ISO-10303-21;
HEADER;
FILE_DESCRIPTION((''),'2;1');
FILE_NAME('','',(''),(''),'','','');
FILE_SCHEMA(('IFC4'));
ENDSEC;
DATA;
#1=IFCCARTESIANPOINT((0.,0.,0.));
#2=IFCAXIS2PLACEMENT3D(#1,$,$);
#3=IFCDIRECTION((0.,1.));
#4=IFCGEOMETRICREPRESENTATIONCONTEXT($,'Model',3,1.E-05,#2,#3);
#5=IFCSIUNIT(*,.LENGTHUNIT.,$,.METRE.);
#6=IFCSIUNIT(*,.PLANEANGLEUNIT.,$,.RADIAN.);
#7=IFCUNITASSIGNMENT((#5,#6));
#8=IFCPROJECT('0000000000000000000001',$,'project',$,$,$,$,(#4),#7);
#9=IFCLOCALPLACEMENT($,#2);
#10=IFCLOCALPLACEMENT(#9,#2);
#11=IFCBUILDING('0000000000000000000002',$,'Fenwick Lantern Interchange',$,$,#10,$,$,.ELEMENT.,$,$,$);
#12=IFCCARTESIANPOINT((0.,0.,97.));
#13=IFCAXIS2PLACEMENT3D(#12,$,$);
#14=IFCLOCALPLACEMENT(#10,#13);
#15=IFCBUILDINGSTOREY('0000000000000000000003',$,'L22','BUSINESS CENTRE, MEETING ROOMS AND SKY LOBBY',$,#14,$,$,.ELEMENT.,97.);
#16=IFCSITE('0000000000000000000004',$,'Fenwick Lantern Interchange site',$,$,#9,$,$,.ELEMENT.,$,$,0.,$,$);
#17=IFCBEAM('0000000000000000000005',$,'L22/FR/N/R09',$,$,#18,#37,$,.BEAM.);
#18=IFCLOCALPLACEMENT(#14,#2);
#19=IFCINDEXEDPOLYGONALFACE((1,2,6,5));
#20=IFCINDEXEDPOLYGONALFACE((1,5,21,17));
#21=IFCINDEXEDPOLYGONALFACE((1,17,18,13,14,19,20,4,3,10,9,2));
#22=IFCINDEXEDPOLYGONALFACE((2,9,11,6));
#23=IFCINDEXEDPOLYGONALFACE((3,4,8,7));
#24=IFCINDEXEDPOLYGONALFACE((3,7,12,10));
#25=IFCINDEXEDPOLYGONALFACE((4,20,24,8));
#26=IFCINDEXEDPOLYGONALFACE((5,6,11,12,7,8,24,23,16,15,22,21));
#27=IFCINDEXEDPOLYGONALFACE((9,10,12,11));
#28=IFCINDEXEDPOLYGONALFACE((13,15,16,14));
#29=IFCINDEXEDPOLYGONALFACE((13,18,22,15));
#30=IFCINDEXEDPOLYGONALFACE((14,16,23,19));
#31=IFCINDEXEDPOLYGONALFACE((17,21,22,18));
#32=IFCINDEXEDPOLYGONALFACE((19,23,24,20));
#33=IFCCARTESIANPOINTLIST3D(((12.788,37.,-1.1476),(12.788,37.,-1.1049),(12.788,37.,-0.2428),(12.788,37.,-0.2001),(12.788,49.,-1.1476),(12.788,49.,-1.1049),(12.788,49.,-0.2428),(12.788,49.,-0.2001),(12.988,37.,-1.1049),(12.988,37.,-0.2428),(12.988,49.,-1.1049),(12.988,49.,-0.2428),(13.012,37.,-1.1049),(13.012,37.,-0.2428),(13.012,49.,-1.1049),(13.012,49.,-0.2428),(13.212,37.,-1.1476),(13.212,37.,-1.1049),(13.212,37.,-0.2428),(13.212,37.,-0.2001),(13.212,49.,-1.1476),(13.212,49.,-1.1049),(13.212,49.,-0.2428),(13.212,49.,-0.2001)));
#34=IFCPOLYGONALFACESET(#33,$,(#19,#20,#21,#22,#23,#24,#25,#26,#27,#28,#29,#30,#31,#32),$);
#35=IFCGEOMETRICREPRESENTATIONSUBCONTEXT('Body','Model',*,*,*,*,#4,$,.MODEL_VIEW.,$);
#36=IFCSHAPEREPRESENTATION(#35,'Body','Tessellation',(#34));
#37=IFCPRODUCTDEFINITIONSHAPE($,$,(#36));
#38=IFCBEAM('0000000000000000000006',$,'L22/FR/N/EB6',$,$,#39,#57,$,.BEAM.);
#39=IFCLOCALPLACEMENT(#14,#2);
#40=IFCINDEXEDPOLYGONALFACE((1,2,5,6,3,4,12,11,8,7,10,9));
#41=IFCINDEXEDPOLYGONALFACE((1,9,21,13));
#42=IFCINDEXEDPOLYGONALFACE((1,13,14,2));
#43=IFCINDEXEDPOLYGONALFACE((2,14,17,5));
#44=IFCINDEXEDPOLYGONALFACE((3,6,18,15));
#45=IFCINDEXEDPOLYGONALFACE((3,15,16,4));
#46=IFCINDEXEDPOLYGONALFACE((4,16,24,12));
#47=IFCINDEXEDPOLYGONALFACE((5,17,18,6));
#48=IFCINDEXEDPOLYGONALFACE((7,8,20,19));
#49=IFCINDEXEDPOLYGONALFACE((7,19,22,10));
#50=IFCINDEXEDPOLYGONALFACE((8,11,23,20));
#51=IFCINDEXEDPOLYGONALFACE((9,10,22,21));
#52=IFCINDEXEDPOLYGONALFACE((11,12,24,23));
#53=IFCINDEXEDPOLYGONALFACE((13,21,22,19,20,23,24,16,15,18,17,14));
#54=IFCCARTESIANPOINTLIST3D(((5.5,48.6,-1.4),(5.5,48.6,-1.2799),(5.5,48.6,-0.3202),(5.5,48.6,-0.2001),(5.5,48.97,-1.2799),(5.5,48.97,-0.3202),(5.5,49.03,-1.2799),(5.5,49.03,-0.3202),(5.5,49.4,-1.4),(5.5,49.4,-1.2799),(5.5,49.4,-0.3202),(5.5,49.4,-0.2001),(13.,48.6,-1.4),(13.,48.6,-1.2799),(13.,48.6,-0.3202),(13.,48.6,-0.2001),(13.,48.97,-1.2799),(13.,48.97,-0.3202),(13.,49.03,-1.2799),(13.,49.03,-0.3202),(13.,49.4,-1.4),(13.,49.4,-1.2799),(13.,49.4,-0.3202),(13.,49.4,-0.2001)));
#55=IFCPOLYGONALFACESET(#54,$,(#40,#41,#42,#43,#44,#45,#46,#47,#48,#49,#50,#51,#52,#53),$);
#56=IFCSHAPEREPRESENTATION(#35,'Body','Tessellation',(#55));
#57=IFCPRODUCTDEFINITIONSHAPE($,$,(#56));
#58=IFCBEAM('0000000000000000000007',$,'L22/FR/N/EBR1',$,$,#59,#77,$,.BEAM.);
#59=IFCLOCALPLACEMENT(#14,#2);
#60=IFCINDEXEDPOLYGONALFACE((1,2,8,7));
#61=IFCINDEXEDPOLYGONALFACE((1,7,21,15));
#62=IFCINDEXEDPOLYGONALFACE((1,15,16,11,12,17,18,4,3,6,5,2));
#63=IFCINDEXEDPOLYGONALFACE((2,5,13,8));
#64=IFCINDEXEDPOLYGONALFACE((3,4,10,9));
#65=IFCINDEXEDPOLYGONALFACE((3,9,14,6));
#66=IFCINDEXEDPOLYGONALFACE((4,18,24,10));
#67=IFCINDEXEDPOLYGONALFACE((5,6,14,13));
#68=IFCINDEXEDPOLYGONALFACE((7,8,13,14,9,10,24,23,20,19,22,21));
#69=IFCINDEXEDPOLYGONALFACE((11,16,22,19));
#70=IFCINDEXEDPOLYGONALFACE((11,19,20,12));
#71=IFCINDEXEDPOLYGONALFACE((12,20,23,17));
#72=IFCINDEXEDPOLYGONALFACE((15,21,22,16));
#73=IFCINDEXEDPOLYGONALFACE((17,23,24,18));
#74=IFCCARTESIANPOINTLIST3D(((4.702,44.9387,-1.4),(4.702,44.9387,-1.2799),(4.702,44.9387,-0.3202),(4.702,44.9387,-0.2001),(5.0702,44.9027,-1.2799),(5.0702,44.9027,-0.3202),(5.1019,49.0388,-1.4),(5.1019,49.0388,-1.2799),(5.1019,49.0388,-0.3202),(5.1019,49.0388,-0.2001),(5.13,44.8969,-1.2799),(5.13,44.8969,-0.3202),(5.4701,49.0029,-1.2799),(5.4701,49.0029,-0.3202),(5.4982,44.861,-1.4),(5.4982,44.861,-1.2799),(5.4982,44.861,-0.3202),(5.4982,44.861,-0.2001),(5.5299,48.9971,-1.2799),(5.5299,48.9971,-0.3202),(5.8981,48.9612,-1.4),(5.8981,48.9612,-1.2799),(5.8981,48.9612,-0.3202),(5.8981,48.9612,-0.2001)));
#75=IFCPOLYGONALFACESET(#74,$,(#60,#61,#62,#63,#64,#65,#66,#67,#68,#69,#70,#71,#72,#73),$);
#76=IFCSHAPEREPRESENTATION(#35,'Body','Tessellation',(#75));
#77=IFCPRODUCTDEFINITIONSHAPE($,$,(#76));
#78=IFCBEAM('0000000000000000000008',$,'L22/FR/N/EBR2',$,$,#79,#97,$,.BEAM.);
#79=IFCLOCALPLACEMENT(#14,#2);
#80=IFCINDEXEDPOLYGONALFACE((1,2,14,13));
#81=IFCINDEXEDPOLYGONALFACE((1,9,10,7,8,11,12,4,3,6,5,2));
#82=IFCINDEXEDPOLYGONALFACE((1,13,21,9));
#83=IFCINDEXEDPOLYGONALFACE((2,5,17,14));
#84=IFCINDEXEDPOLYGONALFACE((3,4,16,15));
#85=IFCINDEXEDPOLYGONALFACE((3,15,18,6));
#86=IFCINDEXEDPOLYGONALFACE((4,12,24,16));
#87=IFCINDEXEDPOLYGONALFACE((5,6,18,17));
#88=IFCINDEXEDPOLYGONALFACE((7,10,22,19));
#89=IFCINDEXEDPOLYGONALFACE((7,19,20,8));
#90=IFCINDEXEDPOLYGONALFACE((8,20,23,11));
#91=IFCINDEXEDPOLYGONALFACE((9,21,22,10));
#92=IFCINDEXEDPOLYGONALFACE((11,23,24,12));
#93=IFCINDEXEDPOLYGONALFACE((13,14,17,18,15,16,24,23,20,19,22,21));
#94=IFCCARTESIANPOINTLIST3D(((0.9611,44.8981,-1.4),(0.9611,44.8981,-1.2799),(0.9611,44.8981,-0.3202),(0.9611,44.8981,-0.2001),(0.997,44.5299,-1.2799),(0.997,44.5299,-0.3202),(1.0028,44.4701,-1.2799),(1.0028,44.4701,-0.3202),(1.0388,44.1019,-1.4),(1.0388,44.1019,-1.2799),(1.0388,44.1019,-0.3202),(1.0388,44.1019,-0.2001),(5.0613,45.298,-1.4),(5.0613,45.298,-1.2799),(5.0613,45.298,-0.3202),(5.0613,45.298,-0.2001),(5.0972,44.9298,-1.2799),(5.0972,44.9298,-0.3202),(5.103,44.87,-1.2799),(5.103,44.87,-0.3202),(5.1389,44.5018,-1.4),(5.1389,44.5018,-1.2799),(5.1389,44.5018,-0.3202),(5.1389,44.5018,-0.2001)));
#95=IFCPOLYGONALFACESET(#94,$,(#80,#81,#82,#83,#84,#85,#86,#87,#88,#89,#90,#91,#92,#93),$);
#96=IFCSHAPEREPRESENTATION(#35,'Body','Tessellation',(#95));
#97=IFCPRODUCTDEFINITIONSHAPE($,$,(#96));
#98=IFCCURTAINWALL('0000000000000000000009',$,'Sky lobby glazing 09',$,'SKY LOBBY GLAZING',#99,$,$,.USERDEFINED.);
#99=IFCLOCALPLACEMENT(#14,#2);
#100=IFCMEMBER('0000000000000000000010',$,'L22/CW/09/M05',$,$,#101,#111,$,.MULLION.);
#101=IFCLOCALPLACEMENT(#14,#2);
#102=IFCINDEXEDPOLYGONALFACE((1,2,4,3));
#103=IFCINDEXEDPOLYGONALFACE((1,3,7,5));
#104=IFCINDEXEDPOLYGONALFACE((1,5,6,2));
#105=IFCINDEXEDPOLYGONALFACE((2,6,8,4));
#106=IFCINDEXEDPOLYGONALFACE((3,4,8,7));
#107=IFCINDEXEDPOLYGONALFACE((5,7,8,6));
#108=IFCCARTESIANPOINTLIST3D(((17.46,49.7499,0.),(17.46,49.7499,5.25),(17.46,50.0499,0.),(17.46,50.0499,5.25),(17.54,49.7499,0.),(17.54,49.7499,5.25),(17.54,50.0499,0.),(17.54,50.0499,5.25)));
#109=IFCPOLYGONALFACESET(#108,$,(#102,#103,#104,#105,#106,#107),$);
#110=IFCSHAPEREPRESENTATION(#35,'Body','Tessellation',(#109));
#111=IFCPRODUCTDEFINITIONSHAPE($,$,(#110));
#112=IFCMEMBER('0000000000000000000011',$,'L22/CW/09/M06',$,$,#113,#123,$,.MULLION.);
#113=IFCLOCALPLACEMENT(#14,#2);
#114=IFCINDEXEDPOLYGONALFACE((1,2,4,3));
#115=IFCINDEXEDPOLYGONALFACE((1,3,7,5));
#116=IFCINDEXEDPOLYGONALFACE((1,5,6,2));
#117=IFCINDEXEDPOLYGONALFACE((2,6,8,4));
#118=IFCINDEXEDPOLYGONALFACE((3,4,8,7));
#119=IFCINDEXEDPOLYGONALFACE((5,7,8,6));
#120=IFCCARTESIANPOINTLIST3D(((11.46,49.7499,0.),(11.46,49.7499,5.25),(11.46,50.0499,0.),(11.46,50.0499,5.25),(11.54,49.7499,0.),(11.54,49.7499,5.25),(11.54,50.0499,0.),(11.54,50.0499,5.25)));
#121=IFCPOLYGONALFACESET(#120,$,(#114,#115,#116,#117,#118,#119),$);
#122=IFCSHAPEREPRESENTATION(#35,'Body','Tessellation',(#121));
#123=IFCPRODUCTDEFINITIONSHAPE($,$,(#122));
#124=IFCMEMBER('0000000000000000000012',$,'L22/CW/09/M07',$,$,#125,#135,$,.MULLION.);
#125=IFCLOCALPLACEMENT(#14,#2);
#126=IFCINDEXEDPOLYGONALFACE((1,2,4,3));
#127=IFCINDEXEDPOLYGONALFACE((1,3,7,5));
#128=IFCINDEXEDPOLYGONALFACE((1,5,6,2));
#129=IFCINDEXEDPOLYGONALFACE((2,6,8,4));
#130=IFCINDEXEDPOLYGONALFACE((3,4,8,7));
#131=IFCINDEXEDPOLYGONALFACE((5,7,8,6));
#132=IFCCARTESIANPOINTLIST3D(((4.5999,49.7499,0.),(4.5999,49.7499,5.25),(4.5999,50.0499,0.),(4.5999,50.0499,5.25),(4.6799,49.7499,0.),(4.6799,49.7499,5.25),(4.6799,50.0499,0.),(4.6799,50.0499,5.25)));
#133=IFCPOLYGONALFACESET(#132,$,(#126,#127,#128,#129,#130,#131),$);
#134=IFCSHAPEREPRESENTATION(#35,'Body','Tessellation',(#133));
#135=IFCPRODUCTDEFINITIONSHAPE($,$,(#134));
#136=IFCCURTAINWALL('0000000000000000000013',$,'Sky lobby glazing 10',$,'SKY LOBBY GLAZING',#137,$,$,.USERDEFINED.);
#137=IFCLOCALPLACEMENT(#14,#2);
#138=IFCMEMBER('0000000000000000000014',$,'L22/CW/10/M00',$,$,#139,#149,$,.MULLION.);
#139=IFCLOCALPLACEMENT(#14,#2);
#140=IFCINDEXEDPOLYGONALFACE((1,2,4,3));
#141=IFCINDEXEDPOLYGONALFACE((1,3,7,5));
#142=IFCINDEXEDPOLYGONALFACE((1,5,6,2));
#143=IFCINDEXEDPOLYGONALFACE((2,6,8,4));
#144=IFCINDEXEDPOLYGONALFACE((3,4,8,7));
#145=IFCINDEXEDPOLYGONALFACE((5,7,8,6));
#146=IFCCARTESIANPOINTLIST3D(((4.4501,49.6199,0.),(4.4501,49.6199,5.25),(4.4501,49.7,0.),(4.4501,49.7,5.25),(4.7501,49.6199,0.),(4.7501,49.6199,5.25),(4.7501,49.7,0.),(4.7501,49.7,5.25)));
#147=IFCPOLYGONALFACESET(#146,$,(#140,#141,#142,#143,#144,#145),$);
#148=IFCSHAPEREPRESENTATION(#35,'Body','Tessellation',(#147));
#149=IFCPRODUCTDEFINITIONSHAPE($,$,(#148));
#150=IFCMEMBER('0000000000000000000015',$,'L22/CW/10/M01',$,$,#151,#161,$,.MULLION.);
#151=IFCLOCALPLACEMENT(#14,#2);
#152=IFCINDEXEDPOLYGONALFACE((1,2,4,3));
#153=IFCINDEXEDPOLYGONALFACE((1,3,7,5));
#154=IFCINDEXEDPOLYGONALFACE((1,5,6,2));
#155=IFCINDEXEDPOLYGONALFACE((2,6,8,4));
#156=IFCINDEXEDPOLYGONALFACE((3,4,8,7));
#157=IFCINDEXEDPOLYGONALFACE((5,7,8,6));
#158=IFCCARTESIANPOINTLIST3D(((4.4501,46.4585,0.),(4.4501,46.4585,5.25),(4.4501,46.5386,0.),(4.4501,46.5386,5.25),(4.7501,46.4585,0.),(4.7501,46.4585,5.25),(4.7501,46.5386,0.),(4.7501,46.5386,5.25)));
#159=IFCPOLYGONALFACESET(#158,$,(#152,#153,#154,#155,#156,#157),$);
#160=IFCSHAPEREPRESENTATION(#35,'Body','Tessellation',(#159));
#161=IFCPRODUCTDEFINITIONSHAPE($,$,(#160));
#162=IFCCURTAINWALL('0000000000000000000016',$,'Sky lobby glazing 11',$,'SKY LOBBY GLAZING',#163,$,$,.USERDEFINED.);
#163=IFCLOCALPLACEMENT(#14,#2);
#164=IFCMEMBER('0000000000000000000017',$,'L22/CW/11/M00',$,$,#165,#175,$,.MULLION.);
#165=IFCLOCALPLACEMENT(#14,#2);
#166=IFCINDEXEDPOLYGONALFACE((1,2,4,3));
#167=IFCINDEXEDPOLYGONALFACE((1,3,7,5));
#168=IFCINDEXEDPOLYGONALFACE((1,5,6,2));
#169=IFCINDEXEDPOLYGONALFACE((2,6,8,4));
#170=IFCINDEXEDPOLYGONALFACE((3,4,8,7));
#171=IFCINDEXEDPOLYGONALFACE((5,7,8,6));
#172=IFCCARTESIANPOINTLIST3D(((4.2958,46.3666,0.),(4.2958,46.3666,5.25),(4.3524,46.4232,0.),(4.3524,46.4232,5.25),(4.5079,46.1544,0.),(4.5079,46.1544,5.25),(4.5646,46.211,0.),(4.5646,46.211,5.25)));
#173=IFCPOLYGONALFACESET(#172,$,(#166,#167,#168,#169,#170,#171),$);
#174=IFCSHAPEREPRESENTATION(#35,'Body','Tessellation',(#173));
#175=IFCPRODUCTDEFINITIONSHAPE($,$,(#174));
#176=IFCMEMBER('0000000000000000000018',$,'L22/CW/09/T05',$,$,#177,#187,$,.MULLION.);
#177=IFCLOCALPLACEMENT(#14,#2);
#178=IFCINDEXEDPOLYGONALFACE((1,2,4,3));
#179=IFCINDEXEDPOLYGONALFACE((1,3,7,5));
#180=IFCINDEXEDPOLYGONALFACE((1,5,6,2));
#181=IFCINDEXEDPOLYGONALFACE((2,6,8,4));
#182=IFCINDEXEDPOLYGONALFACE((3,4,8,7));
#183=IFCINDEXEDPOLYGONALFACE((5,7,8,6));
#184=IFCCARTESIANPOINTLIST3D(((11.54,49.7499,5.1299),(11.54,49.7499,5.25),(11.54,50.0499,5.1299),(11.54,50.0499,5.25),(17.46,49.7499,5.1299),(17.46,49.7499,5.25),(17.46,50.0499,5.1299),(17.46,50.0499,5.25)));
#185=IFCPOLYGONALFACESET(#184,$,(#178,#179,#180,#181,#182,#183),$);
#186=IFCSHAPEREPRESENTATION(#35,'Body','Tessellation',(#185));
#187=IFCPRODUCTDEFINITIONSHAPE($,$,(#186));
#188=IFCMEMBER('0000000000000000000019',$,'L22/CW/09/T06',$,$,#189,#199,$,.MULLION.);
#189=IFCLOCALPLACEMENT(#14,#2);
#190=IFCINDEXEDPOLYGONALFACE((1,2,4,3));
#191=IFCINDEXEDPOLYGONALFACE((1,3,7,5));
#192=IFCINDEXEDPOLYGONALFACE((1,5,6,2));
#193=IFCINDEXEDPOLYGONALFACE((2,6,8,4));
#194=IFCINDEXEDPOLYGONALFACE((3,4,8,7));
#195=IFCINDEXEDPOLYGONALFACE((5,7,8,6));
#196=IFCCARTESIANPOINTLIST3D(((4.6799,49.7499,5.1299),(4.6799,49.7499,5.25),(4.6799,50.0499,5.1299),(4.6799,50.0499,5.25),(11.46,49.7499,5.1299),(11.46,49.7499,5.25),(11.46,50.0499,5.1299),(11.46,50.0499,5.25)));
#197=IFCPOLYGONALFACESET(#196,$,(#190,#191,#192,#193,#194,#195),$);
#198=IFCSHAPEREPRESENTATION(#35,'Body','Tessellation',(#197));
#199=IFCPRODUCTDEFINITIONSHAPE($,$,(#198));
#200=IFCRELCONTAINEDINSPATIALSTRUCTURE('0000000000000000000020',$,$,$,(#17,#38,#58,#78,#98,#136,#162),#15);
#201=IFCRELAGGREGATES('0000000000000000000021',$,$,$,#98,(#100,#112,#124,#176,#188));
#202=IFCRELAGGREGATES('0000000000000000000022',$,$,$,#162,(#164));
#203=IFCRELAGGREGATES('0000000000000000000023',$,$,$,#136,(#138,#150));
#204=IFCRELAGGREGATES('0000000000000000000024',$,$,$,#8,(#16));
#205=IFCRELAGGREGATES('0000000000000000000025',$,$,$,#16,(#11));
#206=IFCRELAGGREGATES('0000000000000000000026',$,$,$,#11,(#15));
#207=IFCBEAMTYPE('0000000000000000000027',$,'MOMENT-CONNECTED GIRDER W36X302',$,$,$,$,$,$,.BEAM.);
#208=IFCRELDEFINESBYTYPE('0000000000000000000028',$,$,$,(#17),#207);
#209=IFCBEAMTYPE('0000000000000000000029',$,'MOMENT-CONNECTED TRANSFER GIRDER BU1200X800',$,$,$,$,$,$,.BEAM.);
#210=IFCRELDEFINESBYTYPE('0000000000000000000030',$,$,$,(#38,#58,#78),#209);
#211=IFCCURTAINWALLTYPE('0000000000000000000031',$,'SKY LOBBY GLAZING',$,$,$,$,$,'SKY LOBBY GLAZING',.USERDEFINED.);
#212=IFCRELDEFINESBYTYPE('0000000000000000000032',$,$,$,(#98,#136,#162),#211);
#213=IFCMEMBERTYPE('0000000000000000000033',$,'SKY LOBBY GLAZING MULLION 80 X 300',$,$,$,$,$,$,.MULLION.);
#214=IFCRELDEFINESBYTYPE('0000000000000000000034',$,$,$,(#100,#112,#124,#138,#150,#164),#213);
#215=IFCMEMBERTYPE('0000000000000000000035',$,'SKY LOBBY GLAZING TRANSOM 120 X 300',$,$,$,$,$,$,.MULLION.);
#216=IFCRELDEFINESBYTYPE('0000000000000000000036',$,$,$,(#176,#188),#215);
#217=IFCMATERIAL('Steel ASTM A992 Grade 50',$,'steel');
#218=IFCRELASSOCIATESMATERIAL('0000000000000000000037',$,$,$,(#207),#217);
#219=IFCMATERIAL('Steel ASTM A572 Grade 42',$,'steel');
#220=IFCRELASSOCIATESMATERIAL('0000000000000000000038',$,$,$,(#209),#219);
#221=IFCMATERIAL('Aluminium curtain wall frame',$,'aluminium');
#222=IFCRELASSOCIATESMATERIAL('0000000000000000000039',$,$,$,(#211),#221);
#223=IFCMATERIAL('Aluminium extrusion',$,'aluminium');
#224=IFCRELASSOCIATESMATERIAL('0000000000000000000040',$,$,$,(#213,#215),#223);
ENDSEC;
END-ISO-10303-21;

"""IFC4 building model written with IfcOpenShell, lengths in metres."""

from ifc_helpers import new_model, si_unit, direction, frame, origin, origin_2d, place, context, subcontext, project, spatial, rectangle, i_section, extrude, material, material_profile, profile_set, type_object, element, aggregate, save


model = new_model("IFC4")

# Units and contexts
model_context = context("Model", 3, precision=1e-05, world=origin(), true_north=direction((0.0, 1.0)))
body_context = subcontext(model_context, "Body", "Model", "MODEL_VIEW")
ifc_project = project(units=[si_unit("LENGTHUNIT", "METRE"), si_unit("PLANEANGLEUNIT", "RADIAN")], contexts=[model_context])

# Site, building, storey
site_placement = place(None, origin())
site = spatial("IfcSite", under=ifc_project, at=site_placement, Name="Fenwick Lantern Interchange site", CompositionType="ELEMENT", RefElevation=0.0)
building_placement = place(site_placement, origin())
building = spatial("IfcBuilding", under=site, at=building_placement, Name="Fenwick Lantern Interchange", CompositionType="ELEMENT")
storey_placement = place(building_placement, frame((0.0, 0.0, 97.0)))
storey = spatial("IfcBuildingStorey", under=building, at=storey_placement, Name="L22", Description="BUSINESS CENTRE, MEETING ROOMS AND SKY LOBBY", CompositionType="ELEMENT", Elevation=97.0)

# Shared definitions
ifc_material_1 = material(Name="Steel ASTM A992 Grade 50", Category="steel")

# Beams
ifc_material_profile_1 = material_profile(ifc_material_1, i_section(OverallWidth=0.4241, OverallDepth=0.9475, WebThickness=0.0239, FlangeThickness=0.0427, at=origin_2d()), Name="W36X302")
ifc_profile_set_1 = profile_set([ifc_material_profile_1], Name="Steel ASTM A992 Grade 50")
beam_type_1 = type_object("IfcBeamType", Name="MOMENT-CONNECTED GIRDER W36X302", PredefinedType="BEAM", material=ifc_profile_set_1)
beam_1_placement = place(storey_placement, frame((13.0, 49.0, -0.6738), z_axis=(0.0, -1.0, 0.0), x_axis=(1.0, 0.0, 0.0)))
element("IfcBeam", 1, at=beam_1_placement, inside=storey, type_object=beam_type_1, Name="L22/FR/N/R09", PredefinedType="BEAM", context=body_context, shape_type="SweptSolid", body=[
    extrude(i_section(OverallWidth=0.4241, OverallDepth=0.9475, WebThickness=0.0239, FlangeThickness=0.0427, at=origin_2d()), origin(), (0.0, 0.0, 1.0), 12.0),
])
ifc_material_2 = material(Name="Steel ASTM A572 Grade 42", Category="steel")
ifc_material_profile_2 = material_profile(ifc_material_2, i_section(OverallWidth=0.8, OverallDepth=1.2, WebThickness=0.0601, FlangeThickness=0.1201, at=origin_2d()), Name="BU1200X800")
ifc_profile_set_2 = profile_set([ifc_material_profile_2], Name="Steel ASTM A572 Grade 42")
beam_type_2 = type_object("IfcBeamType", Name="MOMENT-CONNECTED TRANSFER GIRDER BU1200X800", PredefinedType="BEAM", material=ifc_profile_set_2)
beam_2_placement = place(storey_placement, frame((13.0, 49.0, -0.8), z_axis=(-1.0, 0.0, 0.0), x_axis=(0.0, -1.0, 0.0)))
element("IfcBeam", 2, at=beam_2_placement, inside=storey, type_object=beam_type_2, Name="L22/FR/N/EB6", PredefinedType="BEAM", context=body_context, shape_type="SweptSolid", body=[
    extrude(i_section(OverallWidth=0.8, OverallDepth=1.2, WebThickness=0.0601, FlangeThickness=0.1201, at=origin_2d()), origin(), (0.0, 0.0, 1.0), 7.5),
])
for number, where, z_axis, x_axis, name in (
    (3, (5.5, 49.0, -0.8), (-0.097074, -0.995277, 0.0), (0.995277, -0.097074, 0.0), "L22/FR/N/EBR1"),
    (4, (5.1001, 44.8999, -0.8), (-0.995277, -0.097074, 0.0), (0.097074, -0.995277, 0.0), "L22/FR/N/EBR2"),
):
    element("IfcBeam", number, at=place(storey_placement, frame(where, z_axis=z_axis, x_axis=x_axis)), inside=storey, type_object=beam_type_2, Name=name, PredefinedType="BEAM", context=body_context, shape_type="SweptSolid", body=[
        extrude(i_section(OverallWidth=0.8, OverallDepth=1.2, WebThickness=0.0601, FlangeThickness=0.1201, at=origin_2d()), origin(), (0.0, 0.0, 1.0), 4.1196),
    ])

# Curtain walls, members
ifc_material_3 = material(Name="Aluminium curtain wall frame", Category="aluminium")
curtain_wall_type = type_object("IfcCurtainWallType", Name="SKY LOBBY GLAZING", ElementType="SKY LOBBY GLAZING", PredefinedType="USERDEFINED", material=ifc_material_3)
curtain_wall_1_placement = place(storey_placement, origin())
curtain_wall_1 = element("IfcCurtainWall", 5, at=curtain_wall_1_placement, inside=storey, type_object=curtain_wall_type, Name="Sky lobby glazing 09", ObjectType="SKY LOBBY GLAZING", PredefinedType="USERDEFINED")
ifc_material_4 = material(Name="Aluminium extrusion", Category="aluminium")
ifc_material_profile_3 = material_profile(ifc_material_4, rectangle(XDim=0.3, YDim=0.0801, at=origin_2d()), Name="SKY LOBBY GLAZING MULLION 80 X 300")
ifc_profile_set_3 = profile_set([ifc_material_profile_3], Name="Aluminium extrusion")
member_type_1 = type_object("IfcMemberType", Name="SKY LOBBY GLAZING MULLION 80 X 300", PredefinedType="MULLION", material=ifc_profile_set_3)
member_1_placement = place(storey_placement, frame((17.5, 49.8999, 0.0), z_axis=(0.0, 0.0, 1.0), x_axis=(0.0, -1.0, 0.0)))
member_1 = element("IfcMember", 6, at=member_1_placement, type_object=member_type_1, Name="L22/CW/09/M05", PredefinedType="MULLION", context=body_context, shape_type="SweptSolid", body=[
    extrude(rectangle(XDim=0.3, YDim=0.0801, at=origin_2d()), origin(), (0.0, 0.0, 1.0), 5.25),
])
member_2_placement = place(storey_placement, frame((11.5, 49.8999, 0.0), z_axis=(0.0, 0.0, 1.0), x_axis=(0.0, -1.0, 0.0)))
member_2 = element("IfcMember", 7, at=member_2_placement, type_object=member_type_1, Name="L22/CW/09/M06", PredefinedType="MULLION", context=body_context, shape_type="SweptSolid", body=[
    extrude(rectangle(XDim=0.3, YDim=0.0801, at=origin_2d()), origin(), (0.0, 0.0, 1.0), 5.25),
])
member_3_placement = place(storey_placement, frame((4.6399, 49.8999, 0.0), z_axis=(0.0, 0.0, 1.0), x_axis=(0.0, -1.0, 0.0)))
member_3 = element("IfcMember", 8, at=member_3_placement, type_object=member_type_1, Name="L22/CW/09/M07", PredefinedType="MULLION", context=body_context, shape_type="SweptSolid", body=[
    extrude(rectangle(XDim=0.3, YDim=0.0801, at=origin_2d()), origin(), (0.0, 0.0, 1.0), 5.25),
])
curtain_wall_2_placement = place(storey_placement, origin())
curtain_wall_2 = element("IfcCurtainWall", 9, at=curtain_wall_2_placement, inside=storey, type_object=curtain_wall_type, Name="Sky lobby glazing 10", ObjectType="SKY LOBBY GLAZING", PredefinedType="USERDEFINED")
member_4_placement = place(storey_placement, frame((4.6001, 49.6599, 0.0), z_axis=(0.0, 0.0, 1.0), x_axis=(1.0, 0.0, 0.0)))
member_4 = element("IfcMember", 10, at=member_4_placement, type_object=member_type_1, Name="L22/CW/10/M00", PredefinedType="MULLION", context=body_context, shape_type="SweptSolid", body=[
    extrude(rectangle(XDim=0.3, YDim=0.0801, at=origin_2d()), origin(), (0.0, 0.0, 1.0), 5.25),
])
member_5_placement = place(storey_placement, frame((4.6001, 46.4985, 0.0), z_axis=(0.0, 0.0, 1.0), x_axis=(1.0, 0.0, 0.0)))
member_5 = element("IfcMember", 11, at=member_5_placement, type_object=member_type_1, Name="L22/CW/10/M01", PredefinedType="MULLION", context=body_context, shape_type="SweptSolid", body=[
    extrude(rectangle(XDim=0.3, YDim=0.0801, at=origin_2d()), origin(), (0.0, 0.0, 1.0), 5.25),
])

# Curtain wall, member
curtain_wall_3_placement = place(storey_placement, origin())
curtain_wall_3 = element("IfcCurtainWall", 12, at=curtain_wall_3_placement, inside=storey, type_object=curtain_wall_type, Name="Sky lobby glazing 11", ObjectType="SKY LOBBY GLAZING", PredefinedType="USERDEFINED")
member_6_placement = place(storey_placement, frame((4.4302, 46.2888, 0.0), z_axis=(0.0, 0.0, 1.0), x_axis=(0.707107, -0.707107, 0.0)))
member_6 = element("IfcMember", 13, at=member_6_placement, type_object=member_type_1, Name="L22/CW/11/M00", PredefinedType="MULLION", context=body_context, shape_type="SweptSolid", body=[
    extrude(rectangle(XDim=0.3, YDim=0.0801, at=origin_2d()), origin(), (0.0, 0.0, 1.0), 5.25),
])

# Members
ifc_material_profile_4 = material_profile(ifc_material_4, rectangle(XDim=0.3, YDim=0.1201, at=origin_2d()), Name="SKY LOBBY GLAZING TRANSOM 120 X 300")
ifc_profile_set_4 = profile_set([ifc_material_profile_4], Name="Aluminium extrusion")
member_type_2 = type_object("IfcMemberType", Name="SKY LOBBY GLAZING TRANSOM 120 X 300", PredefinedType="MULLION", material=ifc_profile_set_4)
member_7_placement = place(storey_placement, frame((17.46, 49.8999, 5.1899), z_axis=(-1.0, 0.0, 0.0), x_axis=(0.0, -1.0, 0.0)))
member_7 = element("IfcMember", 14, at=member_7_placement, type_object=member_type_2, Name="L22/CW/09/T05", PredefinedType="MULLION", context=body_context, shape_type="SweptSolid", body=[
    extrude(rectangle(XDim=0.3, YDim=0.1201, at=origin_2d()), origin(), (0.0, 0.0, 1.0), 5.9199),
])
member_8_placement = place(storey_placement, frame((11.46, 49.8999, 5.1899), z_axis=(-1.0, 0.0, 0.0), x_axis=(0.0, -1.0, 0.0)))
member_8 = element("IfcMember", 15, at=member_8_placement, type_object=member_type_2, Name="L22/CW/09/T06", PredefinedType="MULLION", context=body_context, shape_type="SweptSolid", body=[
    extrude(rectangle(XDim=0.3, YDim=0.1201, at=origin_2d()), origin(), (0.0, 0.0, 1.0), 6.78),
])
aggregate(curtain_wall_1, [member_1, member_2, member_3, member_7, member_8])
aggregate(curtain_wall_3, [member_6])

aggregate(curtain_wall_2, [member_4, member_5])

save(model, "model.ifc")
